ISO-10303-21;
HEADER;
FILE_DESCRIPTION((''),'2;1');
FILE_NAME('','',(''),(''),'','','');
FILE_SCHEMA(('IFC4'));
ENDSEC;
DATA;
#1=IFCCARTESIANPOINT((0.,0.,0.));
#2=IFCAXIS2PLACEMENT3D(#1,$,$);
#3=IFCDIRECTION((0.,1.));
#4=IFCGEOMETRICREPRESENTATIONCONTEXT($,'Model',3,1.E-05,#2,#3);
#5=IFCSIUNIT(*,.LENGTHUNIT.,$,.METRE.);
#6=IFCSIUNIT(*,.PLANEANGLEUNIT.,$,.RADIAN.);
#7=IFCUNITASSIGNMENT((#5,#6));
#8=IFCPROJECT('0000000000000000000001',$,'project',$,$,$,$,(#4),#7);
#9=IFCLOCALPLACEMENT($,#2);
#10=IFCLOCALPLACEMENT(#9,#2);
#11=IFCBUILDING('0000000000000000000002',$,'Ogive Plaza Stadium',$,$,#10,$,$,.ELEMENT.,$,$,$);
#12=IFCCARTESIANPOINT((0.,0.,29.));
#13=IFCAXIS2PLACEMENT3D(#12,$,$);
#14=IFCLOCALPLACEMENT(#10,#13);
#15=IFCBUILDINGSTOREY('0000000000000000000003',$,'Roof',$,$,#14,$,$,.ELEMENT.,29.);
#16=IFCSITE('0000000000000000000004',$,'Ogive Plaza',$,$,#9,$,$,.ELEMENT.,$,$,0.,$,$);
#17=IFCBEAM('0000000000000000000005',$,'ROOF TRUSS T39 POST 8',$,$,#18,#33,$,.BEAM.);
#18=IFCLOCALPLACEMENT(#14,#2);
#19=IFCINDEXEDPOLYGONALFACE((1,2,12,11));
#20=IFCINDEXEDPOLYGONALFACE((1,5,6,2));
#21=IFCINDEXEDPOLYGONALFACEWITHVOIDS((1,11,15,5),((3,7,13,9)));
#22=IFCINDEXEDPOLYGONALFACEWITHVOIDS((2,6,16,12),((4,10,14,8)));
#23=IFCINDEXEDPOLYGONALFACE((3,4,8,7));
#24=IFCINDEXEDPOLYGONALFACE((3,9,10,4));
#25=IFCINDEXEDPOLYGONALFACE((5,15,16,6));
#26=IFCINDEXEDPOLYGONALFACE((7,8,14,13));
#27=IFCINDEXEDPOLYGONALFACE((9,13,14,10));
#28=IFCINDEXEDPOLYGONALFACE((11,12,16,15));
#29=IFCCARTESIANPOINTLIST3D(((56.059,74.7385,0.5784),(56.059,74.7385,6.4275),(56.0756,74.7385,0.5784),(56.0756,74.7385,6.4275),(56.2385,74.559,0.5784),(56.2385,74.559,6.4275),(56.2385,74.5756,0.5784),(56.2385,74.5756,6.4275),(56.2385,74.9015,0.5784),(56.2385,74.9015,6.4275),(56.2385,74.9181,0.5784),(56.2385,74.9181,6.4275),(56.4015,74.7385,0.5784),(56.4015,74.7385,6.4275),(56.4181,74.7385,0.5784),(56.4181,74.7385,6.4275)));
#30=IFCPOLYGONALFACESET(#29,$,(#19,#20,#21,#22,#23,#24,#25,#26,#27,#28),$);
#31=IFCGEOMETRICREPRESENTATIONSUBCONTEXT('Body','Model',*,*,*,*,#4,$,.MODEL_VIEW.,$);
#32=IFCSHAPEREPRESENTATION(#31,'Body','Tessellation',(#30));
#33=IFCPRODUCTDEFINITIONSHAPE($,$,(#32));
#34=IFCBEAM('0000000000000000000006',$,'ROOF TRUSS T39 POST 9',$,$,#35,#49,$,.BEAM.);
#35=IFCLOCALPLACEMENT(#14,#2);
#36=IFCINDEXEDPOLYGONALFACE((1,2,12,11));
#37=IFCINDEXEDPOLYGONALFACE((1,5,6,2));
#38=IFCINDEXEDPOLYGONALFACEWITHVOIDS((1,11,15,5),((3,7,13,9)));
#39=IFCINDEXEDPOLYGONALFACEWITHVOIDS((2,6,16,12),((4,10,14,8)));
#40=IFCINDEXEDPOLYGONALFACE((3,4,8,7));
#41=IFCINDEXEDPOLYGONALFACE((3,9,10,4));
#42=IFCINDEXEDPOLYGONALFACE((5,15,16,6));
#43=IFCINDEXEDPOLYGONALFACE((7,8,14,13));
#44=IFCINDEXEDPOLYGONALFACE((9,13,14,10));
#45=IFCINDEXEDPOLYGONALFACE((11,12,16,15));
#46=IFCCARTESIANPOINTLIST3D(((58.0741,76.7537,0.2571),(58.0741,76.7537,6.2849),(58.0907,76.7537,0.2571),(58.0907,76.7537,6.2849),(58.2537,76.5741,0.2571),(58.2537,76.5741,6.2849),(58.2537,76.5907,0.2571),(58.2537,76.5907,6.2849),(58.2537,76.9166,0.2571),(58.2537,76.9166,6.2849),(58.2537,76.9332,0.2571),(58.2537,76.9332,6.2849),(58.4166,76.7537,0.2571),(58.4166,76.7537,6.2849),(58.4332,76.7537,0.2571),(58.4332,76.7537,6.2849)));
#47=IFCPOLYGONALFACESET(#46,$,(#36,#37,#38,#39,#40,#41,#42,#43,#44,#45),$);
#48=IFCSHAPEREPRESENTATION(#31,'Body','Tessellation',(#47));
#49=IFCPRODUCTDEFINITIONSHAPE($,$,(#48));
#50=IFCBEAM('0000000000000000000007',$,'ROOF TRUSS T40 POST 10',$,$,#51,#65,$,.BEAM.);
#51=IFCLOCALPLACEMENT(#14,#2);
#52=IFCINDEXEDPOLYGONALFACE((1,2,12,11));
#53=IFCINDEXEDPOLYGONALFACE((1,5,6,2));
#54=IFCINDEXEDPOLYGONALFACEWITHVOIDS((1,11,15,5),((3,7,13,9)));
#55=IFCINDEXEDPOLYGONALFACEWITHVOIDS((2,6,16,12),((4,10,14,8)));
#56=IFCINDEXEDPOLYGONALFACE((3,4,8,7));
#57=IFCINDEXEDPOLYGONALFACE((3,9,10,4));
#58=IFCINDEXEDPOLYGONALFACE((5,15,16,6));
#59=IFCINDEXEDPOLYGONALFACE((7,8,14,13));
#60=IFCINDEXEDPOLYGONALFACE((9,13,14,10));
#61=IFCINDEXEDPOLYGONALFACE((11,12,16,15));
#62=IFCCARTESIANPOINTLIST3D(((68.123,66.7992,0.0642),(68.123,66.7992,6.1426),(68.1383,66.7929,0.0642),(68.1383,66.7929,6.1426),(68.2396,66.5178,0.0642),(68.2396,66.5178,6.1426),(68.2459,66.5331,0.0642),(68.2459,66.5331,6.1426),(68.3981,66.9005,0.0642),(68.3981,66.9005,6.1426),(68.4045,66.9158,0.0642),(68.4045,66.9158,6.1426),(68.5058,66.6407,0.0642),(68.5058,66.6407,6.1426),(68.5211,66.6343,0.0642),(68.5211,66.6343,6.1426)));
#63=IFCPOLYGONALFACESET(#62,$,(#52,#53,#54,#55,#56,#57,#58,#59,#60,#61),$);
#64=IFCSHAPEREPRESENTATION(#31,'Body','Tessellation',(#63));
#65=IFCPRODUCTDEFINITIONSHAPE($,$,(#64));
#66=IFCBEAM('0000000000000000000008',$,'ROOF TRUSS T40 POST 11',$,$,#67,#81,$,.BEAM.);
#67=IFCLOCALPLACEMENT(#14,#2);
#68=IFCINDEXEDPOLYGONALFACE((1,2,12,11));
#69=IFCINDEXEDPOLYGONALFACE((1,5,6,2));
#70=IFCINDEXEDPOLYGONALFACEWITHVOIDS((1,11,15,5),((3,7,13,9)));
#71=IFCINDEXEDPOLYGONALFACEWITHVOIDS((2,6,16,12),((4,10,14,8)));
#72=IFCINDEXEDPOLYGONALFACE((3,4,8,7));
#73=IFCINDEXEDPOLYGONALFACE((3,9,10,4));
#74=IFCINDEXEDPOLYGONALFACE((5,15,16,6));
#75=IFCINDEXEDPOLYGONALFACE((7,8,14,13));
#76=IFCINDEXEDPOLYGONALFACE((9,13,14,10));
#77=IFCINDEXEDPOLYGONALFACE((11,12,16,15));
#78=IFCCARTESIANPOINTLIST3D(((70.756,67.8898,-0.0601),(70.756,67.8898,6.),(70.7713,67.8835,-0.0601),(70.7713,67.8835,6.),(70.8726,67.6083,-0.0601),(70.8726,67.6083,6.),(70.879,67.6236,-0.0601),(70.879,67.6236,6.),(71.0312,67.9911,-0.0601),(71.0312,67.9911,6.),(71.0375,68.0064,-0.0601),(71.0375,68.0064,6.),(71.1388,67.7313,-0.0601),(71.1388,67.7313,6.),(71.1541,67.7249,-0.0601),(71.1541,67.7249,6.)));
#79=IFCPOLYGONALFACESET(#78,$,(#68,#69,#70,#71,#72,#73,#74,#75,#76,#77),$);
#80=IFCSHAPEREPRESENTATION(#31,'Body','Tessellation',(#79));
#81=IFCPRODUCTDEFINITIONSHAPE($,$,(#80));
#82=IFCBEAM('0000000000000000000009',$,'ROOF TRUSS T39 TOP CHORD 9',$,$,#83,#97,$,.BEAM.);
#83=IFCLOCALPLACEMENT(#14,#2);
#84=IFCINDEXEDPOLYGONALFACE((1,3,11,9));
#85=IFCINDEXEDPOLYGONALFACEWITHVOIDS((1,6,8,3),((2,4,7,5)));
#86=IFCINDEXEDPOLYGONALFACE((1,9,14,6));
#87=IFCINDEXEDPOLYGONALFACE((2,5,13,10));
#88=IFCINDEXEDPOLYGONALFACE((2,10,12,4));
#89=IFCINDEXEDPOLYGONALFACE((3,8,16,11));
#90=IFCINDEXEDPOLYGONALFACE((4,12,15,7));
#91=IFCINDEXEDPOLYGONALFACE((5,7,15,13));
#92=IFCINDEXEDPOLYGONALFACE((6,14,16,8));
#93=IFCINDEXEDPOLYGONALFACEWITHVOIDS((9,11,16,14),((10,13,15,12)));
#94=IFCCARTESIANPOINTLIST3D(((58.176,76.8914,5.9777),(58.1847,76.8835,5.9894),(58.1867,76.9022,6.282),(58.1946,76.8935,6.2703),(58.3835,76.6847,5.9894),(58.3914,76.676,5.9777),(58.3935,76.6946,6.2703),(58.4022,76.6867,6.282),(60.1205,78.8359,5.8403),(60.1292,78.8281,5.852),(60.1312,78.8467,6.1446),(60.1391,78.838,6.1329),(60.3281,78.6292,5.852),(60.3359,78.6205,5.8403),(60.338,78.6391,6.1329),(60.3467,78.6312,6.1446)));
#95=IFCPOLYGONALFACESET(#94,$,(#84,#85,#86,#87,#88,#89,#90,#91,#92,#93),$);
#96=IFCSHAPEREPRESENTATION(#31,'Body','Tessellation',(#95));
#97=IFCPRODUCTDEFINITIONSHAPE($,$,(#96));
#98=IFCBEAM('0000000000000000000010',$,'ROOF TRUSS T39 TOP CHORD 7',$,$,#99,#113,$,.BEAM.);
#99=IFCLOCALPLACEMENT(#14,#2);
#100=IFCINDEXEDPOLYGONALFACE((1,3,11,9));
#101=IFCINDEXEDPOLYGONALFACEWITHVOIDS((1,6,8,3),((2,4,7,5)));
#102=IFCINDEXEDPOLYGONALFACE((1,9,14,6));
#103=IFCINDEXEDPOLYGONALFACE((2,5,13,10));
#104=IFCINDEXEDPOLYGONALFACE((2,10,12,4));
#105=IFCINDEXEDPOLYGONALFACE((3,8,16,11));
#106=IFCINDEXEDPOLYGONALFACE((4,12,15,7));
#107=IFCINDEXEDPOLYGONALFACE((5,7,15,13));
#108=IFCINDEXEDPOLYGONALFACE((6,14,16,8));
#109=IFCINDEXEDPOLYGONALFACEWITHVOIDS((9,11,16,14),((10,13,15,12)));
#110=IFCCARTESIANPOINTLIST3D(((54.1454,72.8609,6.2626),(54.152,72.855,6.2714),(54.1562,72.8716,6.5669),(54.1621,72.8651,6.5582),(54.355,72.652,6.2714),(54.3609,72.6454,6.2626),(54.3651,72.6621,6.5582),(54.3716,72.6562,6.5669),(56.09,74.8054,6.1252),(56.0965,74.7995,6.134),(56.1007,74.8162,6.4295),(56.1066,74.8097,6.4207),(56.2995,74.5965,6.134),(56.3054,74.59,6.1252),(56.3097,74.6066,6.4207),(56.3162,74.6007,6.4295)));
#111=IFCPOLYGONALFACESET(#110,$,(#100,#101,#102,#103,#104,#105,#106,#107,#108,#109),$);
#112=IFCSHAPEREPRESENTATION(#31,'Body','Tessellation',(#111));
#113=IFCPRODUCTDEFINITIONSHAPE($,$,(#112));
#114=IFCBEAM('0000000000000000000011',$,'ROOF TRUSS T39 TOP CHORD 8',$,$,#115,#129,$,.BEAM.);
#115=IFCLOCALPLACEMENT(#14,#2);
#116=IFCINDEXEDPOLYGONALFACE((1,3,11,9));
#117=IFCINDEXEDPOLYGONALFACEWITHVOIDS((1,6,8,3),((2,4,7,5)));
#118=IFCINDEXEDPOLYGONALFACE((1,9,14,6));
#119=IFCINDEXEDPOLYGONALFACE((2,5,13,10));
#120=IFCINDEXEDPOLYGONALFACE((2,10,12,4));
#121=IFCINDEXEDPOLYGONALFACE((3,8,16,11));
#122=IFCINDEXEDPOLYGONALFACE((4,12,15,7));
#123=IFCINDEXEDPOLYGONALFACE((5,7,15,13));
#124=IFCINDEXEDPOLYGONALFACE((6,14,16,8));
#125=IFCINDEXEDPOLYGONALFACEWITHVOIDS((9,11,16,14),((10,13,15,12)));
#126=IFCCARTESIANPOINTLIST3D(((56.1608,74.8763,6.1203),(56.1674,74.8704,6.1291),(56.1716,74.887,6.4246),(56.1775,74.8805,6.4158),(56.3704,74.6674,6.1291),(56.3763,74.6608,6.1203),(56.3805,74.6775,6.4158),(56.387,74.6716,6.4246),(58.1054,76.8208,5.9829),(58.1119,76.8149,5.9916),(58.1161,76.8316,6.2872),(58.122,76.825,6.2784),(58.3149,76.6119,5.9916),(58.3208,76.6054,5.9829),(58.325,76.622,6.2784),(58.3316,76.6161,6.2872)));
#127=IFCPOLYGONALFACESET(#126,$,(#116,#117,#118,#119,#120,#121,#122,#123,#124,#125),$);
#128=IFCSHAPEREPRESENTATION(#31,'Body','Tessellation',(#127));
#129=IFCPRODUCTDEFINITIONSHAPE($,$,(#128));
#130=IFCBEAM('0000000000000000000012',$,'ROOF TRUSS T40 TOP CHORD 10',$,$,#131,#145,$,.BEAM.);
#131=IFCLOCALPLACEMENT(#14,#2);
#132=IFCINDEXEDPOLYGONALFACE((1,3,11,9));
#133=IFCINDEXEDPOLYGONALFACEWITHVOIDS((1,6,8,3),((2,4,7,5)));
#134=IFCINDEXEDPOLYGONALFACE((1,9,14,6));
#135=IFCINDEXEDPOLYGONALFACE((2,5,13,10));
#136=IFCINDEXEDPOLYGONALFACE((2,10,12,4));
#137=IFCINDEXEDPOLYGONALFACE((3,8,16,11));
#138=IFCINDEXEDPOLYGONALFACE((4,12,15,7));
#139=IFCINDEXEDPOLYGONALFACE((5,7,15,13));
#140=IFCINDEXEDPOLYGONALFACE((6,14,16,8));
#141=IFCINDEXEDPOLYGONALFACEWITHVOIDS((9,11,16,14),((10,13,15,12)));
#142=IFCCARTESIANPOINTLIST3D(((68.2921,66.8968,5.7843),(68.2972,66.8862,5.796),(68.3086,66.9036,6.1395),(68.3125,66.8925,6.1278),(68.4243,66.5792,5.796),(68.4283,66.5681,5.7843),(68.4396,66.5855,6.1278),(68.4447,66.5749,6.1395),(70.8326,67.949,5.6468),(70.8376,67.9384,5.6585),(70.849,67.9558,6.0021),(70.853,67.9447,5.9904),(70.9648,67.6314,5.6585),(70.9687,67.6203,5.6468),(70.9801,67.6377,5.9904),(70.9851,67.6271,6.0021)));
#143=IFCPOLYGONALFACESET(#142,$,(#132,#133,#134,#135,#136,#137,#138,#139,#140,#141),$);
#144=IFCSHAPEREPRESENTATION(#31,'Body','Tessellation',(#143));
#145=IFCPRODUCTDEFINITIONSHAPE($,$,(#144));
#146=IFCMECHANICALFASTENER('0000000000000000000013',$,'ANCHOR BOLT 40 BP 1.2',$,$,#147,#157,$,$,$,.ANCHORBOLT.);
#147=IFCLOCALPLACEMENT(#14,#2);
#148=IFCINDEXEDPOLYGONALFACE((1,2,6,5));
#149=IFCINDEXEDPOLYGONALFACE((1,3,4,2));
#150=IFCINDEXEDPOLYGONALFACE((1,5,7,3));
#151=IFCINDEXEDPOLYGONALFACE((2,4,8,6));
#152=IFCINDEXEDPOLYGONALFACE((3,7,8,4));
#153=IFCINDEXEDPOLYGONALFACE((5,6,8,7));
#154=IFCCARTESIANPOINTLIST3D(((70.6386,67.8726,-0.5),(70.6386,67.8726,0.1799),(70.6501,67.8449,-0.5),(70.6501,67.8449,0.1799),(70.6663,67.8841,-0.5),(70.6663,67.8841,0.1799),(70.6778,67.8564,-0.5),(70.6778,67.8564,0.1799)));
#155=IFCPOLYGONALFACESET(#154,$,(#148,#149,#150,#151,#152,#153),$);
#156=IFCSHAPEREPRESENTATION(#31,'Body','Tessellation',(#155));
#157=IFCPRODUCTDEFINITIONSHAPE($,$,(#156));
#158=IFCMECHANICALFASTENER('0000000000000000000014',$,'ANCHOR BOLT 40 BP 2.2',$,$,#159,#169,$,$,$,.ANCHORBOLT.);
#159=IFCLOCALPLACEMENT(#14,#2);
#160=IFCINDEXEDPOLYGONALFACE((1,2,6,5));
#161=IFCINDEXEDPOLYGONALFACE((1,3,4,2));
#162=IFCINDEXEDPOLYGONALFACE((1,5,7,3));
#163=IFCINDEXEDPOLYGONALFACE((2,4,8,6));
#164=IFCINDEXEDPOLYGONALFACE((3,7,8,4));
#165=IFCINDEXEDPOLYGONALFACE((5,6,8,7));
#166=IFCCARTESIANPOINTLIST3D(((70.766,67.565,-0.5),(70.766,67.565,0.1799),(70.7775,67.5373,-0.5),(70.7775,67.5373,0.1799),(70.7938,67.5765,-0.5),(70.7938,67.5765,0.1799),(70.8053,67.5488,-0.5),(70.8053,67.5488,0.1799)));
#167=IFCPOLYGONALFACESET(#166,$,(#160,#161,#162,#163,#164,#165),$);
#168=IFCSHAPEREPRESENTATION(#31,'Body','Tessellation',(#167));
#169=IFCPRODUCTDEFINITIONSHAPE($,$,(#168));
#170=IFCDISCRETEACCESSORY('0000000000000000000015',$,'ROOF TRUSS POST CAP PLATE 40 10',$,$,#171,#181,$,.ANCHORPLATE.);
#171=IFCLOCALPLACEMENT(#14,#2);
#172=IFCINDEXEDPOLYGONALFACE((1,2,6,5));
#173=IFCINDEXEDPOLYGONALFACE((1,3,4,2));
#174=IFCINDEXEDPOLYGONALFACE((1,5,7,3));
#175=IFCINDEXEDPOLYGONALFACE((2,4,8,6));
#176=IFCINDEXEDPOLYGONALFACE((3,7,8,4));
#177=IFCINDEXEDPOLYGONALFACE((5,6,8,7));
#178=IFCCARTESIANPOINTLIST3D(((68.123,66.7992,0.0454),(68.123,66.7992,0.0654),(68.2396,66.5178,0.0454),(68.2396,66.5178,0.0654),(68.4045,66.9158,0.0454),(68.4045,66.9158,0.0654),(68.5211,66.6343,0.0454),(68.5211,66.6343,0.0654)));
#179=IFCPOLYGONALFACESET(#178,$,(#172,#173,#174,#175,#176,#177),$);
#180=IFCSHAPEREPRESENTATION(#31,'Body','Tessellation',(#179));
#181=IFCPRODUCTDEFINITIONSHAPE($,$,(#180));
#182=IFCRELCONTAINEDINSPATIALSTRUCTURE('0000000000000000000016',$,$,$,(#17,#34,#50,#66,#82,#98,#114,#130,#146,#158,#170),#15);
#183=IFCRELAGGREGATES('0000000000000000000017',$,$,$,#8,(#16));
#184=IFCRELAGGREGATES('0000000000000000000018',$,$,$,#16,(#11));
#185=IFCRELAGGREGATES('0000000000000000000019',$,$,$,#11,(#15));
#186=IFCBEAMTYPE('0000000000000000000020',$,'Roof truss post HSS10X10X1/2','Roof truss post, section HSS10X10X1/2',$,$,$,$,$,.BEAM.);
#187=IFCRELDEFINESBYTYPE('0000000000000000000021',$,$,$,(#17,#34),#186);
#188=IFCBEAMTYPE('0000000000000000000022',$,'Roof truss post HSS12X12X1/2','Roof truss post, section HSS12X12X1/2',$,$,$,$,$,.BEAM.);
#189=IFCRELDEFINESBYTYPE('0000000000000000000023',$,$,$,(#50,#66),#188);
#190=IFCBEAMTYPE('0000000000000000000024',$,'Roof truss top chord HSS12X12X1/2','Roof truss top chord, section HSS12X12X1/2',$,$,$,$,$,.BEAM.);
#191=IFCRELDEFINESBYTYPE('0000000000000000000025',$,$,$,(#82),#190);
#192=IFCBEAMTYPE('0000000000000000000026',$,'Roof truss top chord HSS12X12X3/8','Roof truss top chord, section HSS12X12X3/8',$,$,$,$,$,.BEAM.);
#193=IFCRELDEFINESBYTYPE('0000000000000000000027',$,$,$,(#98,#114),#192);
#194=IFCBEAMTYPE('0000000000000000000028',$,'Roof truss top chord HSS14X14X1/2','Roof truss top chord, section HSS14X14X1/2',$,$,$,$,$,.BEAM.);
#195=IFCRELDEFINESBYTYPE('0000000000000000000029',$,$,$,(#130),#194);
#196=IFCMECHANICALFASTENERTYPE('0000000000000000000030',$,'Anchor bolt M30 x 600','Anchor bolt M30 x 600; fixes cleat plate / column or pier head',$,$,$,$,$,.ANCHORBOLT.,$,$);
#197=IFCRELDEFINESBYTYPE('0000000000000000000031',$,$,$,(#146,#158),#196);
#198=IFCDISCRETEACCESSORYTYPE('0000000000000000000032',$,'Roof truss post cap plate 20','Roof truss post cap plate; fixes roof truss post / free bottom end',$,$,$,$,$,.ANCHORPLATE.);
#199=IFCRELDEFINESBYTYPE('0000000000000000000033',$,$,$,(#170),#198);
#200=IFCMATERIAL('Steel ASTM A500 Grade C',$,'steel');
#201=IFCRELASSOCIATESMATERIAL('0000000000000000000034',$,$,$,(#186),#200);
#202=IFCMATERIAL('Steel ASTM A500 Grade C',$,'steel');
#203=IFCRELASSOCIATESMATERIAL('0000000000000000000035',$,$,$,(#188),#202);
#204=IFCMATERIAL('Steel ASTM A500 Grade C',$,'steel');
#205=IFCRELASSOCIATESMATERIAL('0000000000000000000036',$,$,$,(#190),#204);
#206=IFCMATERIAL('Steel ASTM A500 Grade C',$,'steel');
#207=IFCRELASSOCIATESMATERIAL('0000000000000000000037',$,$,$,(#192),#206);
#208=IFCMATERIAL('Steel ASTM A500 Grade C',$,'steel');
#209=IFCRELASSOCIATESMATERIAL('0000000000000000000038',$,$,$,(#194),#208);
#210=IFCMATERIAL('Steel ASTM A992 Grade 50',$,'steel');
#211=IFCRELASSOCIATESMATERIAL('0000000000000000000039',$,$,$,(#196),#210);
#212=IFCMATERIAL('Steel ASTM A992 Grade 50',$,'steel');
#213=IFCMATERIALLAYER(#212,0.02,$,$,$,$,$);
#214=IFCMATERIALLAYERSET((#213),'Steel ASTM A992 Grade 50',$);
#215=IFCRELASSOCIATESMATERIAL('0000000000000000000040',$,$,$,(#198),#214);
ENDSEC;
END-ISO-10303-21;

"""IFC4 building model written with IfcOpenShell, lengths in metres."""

from ifc_helpers import new_model, si_unit, direction, frame, origin, origin_2d, place, context, subcontext, project, spatial, rectangle, hollow_rectangle, extrude, material, layer, layer_set, material_profile, profile_set, type_object, element, save


model = new_model("IFC4")

# Units and contexts
model_context = context("Model", 3, precision=1e-05, world=origin(), true_north=direction((0.0, 1.0)))
body_context = subcontext(model_context, "Body", "Model", "MODEL_VIEW")
ifc_project = project(units=[si_unit("LENGTHUNIT", "METRE"), si_unit("PLANEANGLEUNIT", "RADIAN")], contexts=[model_context])

# Site, building, storey
site_placement = place(None, origin())
site = spatial("IfcSite", under=ifc_project, at=site_placement, Name="Ogive Plaza", CompositionType="ELEMENT", RefElevation=0.0)
building_placement = place(site_placement, origin())
building = spatial("IfcBuilding", under=site, at=building_placement, Name="Ogive Plaza Stadium", CompositionType="ELEMENT")
storey_placement = place(building_placement, frame((0.0, 0.0, 29.0)))
storey = spatial("IfcBuildingStorey", under=building, at=storey_placement, Name="Roof", CompositionType="ELEMENT", Elevation=29.0)

# Beams
ifc_material_1 = material(Name="Steel ASTM A500 Grade C", Category="steel")
ifc_material_profile_1 = material_profile(ifc_material_1, hollow_rectangle(XDim=0.2539, YDim=0.2539, WallThickness=0.0117, at=origin_2d()), Name="HSS10X10X1/2")
ifc_profile_set_1 = profile_set([ifc_material_profile_1], Name="Steel ASTM A500 Grade C")
beam_type_1 = type_object("IfcBeamType", Name="Roof truss post HSS10X10X1/2", Description="Roof truss post, section HSS10X10X1/2", PredefinedType="BEAM", material=ifc_profile_set_1)
beam_1_placement = place(storey_placement, frame((56.2385, 74.7385, 0.5784), z_axis=(0.0, 0.0, 1.0), x_axis=(-0.707107, 0.707107, 0.0)))
element("IfcBeam", 1, at=beam_1_placement, inside=storey, type_object=beam_type_1, Name="ROOF TRUSS T39 POST 8", PredefinedType="BEAM", context=body_context, shape_type="SweptSolid", body=[
    extrude(hollow_rectangle(XDim=0.2539, YDim=0.2539, WallThickness=0.0117, at=origin_2d()), origin(), (0.0, 0.0, 1.0), 5.8491),
])
beam_2_placement = place(storey_placement, frame((58.2537, 76.7537, 0.2571), z_axis=(0.0, 0.0, 1.0), x_axis=(-0.707107, 0.707107, 0.0)))
element("IfcBeam", 2, at=beam_2_placement, inside=storey, type_object=beam_type_1, Name="ROOF TRUSS T39 POST 9", PredefinedType="BEAM", context=body_context, shape_type="SweptSolid", body=[
    extrude(hollow_rectangle(XDim=0.2539, YDim=0.2539, WallThickness=0.0117, at=origin_2d()), origin(), (0.0, 0.0, 1.0), 6.0278),
])
ifc_material_2 = material(Name="Steel ASTM A500 Grade C", Category="steel")
ifc_material_profile_2 = material_profile(ifc_material_2, hollow_rectangle(XDim=0.3047, YDim=0.3047, WallThickness=0.0117, at=origin_2d()), Name="HSS12X12X1/2")
ifc_profile_set_2 = profile_set([ifc_material_profile_2], Name="Steel ASTM A500 Grade C")
beam_type_2 = type_object("IfcBeamType", Name="Roof truss post HSS12X12X1/2", Description="Roof truss post, section HSS12X12X1/2", PredefinedType="BEAM", material=ifc_profile_set_2)
beam_3_placement = place(storey_placement, frame((68.322, 66.7168, 0.0642), z_axis=(0.0, 0.0, 1.0), x_axis=(-0.382683, 0.92388, 0.0)))
element("IfcBeam", 3, at=beam_3_placement, inside=storey, type_object=beam_type_2, Name="ROOF TRUSS T40 POST 10", PredefinedType="BEAM", context=body_context, shape_type="SweptSolid", body=[
    extrude(hollow_rectangle(XDim=0.3047, YDim=0.3047, WallThickness=0.0117, at=origin_2d()), origin(), (0.0, 0.0, 1.0), 6.0784),
])
beam_4_placement = place(storey_placement, frame((70.9551, 67.8074, -0.0601), z_axis=(0.0, 0.0, 1.0), x_axis=(-0.382683, 0.92388, 0.0)))
element("IfcBeam", 4, at=beam_4_placement, inside=storey, type_object=beam_type_2, Name="ROOF TRUSS T40 POST 11", PredefinedType="BEAM", context=body_context, shape_type="SweptSolid", body=[
    extrude(hollow_rectangle(XDim=0.3047, YDim=0.3047, WallThickness=0.0117, at=origin_2d()), origin(), (0.0, 0.0, 1.0), 6.0601),
])
ifc_material_3 = material(Name="Steel ASTM A500 Grade C", Category="steel")
ifc_material_profile_3 = material_profile(ifc_material_3, hollow_rectangle(XDim=0.3047, YDim=0.3047, WallThickness=0.0117, at=origin_2d()), Name="HSS12X12X1/2")
ifc_profile_set_3 = profile_set([ifc_material_profile_3], Name="Steel ASTM A500 Grade C")
beam_type_3 = type_object("IfcBeamType", Name="Roof truss top chord HSS12X12X1/2", Description="Roof truss top chord, section HSS12X12X1/2", PredefinedType="BEAM", material=ifc_profile_set_3)
beam_5_placement = place(storey_placement, frame((58.2891, 76.7891, 6.1299), z_axis=(0.706225, 0.706225, -0.049919), x_axis=(-0.707107, 0.707107, 0.0)))
element("IfcBeam", 5, at=beam_5_placement, inside=storey, type_object=beam_type_3, Name="ROOF TRUSS T39 TOP CHORD 9", PredefinedType="BEAM", context=body_context, shape_type="SweptSolid", body=[
    extrude(hollow_rectangle(XDim=0.3047, YDim=0.3047, WallThickness=0.0117, at=origin_2d()), origin(), (0.0, 0.0, 1.0), 2.7534),
])
ifc_material_4 = material(Name="Steel ASTM A500 Grade C", Category="steel")
ifc_material_profile_4 = material_profile(ifc_material_4, hollow_rectangle(XDim=0.3047, YDim=0.3047, WallThickness=0.0088, at=origin_2d()), Name="HSS12X12X3/8")
ifc_profile_set_4 = profile_set([ifc_material_profile_4], Name="Steel ASTM A500 Grade C")
beam_type_4 = type_object("IfcBeamType", Name="Roof truss top chord HSS12X12X3/8", Description="Roof truss top chord, section HSS12X12X3/8", PredefinedType="BEAM", material=ifc_profile_set_4)
for number, where, z_axis, x_axis, name in (
    (6, (54.2585, 72.7585, 6.4148), (0.706225, 0.706225, -0.049919), (-0.707107, 0.707107, 0.0), "ROOF TRUSS T39 TOP CHORD 7"),
    (7, (56.2739, 74.7739, 6.2725), (0.706225, 0.706225, -0.049919), (-0.707107, 0.707107, 0.0), "ROOF TRUSS T39 TOP CHORD 8"),
):
    element("IfcBeam", number, at=place(storey_placement, frame(where, z_axis=z_axis, x_axis=x_axis)), inside=storey, type_object=beam_type_4, Name=name, PredefinedType="BEAM", context=body_context, shape_type="SweptSolid", body=[
        extrude(hollow_rectangle(XDim=0.3047, YDim=0.3047, WallThickness=0.0088, at=origin_2d()), origin(), (0.0, 0.0, 1.0), 2.7534),
    ])
ifc_material_5 = material(Name="Steel ASTM A500 Grade C", Category="steel")
ifc_material_profile_5 = material_profile(ifc_material_5, hollow_rectangle(XDim=0.3557, YDim=0.3557, WallThickness=0.0117, at=origin_2d()), Name="HSS14X14X1/2")
ifc_profile_set_5 = profile_set([ifc_material_profile_5], Name="Steel ASTM A500 Grade C")
beam_type_5 = type_object("IfcBeamType", Name="Roof truss top chord HSS14X14X1/2", Description="Roof truss top chord, section HSS14X14X1/2", PredefinedType="BEAM", material=ifc_profile_set_5)
beam_6_placement = place(storey_placement, frame((68.3684, 66.7358, 5.9619), z_axis=(0.922737, 0.382183, -0.049923), x_axis=(-0.38266, 0.923889, 0.0)))
element("IfcBeam", 8, at=beam_6_placement, inside=storey, type_object=beam_type_5, Name="ROOF TRUSS T40 TOP CHORD 10", PredefinedType="BEAM", context=body_context, shape_type="SweptSolid", body=[
    extrude(hollow_rectangle(XDim=0.3557, YDim=0.3557, WallThickness=0.0117, at=origin_2d()), origin(), (0.0, 0.0, 1.0), 2.7532),
])

# Mechanical fasteners
ifc_material_6 = material(Name="Steel ASTM A992 Grade 50", Category="steel")
mechanical_fastener_type = type_object("IfcMechanicalFastenerType", Name="Anchor bolt M30 x 600", Description="Anchor bolt M30 x 600; fixes cleat plate / column or pier head", PredefinedType="ANCHORBOLT", material=ifc_material_6)
for number, where, z_axis, x_axis, name in (
    (9, (70.6582, 67.8645, -0.5), (0.0, 0.0, 1.0), (0.92388, 0.382683, 0.0), "ANCHOR BOLT 40 BP 1.2"),
    (10, (70.7856, 67.5569, -0.5), (0.0, 0.0, 1.0), (0.92388, 0.382683, 0.0), "ANCHOR BOLT 40 BP 2.2"),
):
    element("IfcMechanicalFastener", number, at=place(storey_placement, frame(where, z_axis=z_axis, x_axis=x_axis)), inside=storey, type_object=mechanical_fastener_type, Name=name, PredefinedType="ANCHORBOLT", context=body_context, shape_type="SweptSolid", body=[
        extrude(rectangle(XDim=0.03, YDim=0.03, at=origin_2d()), origin(), (0.0, 0.0, 1.0), 0.6799),
    ])

# Discrete accessory
ifc_material_7 = material(Name="Steel ASTM A992 Grade 50", Category="steel")
ifc_layer_1 = layer(ifc_material_7, 0.02)
ifc_layer_set_1 = layer_set([ifc_layer_1], Name="Steel ASTM A992 Grade 50")
discrete_accessory_type_1 = type_object("IfcDiscreteAccessoryType", Name="Roof truss post cap plate 20", Description="Roof truss post cap plate; fixes roof truss post / free bottom end", PredefinedType="ANCHORPLATE", material=ifc_layer_set_1)
discrete_accessory_placement = place(storey_placement, frame((68.322, 66.7168, 0.0454), z_axis=(0.0, 0.0, 1.0), x_axis=(0.92388, 0.382683, 0.0)))
element("IfcDiscreteAccessory", 11, at=discrete_accessory_placement, inside=storey, type_object=discrete_accessory_type_1, Name="ROOF TRUSS POST CAP PLATE 40 10", PredefinedType="ANCHORPLATE", context=body_context, shape_type="SweptSolid", body=[
    extrude(rectangle(XDim=0.3047, YDim=0.3047, at=origin_2d()), origin(), (0.0, 0.0, 1.0), 0.02),
])

save(model, "model.ifc")
